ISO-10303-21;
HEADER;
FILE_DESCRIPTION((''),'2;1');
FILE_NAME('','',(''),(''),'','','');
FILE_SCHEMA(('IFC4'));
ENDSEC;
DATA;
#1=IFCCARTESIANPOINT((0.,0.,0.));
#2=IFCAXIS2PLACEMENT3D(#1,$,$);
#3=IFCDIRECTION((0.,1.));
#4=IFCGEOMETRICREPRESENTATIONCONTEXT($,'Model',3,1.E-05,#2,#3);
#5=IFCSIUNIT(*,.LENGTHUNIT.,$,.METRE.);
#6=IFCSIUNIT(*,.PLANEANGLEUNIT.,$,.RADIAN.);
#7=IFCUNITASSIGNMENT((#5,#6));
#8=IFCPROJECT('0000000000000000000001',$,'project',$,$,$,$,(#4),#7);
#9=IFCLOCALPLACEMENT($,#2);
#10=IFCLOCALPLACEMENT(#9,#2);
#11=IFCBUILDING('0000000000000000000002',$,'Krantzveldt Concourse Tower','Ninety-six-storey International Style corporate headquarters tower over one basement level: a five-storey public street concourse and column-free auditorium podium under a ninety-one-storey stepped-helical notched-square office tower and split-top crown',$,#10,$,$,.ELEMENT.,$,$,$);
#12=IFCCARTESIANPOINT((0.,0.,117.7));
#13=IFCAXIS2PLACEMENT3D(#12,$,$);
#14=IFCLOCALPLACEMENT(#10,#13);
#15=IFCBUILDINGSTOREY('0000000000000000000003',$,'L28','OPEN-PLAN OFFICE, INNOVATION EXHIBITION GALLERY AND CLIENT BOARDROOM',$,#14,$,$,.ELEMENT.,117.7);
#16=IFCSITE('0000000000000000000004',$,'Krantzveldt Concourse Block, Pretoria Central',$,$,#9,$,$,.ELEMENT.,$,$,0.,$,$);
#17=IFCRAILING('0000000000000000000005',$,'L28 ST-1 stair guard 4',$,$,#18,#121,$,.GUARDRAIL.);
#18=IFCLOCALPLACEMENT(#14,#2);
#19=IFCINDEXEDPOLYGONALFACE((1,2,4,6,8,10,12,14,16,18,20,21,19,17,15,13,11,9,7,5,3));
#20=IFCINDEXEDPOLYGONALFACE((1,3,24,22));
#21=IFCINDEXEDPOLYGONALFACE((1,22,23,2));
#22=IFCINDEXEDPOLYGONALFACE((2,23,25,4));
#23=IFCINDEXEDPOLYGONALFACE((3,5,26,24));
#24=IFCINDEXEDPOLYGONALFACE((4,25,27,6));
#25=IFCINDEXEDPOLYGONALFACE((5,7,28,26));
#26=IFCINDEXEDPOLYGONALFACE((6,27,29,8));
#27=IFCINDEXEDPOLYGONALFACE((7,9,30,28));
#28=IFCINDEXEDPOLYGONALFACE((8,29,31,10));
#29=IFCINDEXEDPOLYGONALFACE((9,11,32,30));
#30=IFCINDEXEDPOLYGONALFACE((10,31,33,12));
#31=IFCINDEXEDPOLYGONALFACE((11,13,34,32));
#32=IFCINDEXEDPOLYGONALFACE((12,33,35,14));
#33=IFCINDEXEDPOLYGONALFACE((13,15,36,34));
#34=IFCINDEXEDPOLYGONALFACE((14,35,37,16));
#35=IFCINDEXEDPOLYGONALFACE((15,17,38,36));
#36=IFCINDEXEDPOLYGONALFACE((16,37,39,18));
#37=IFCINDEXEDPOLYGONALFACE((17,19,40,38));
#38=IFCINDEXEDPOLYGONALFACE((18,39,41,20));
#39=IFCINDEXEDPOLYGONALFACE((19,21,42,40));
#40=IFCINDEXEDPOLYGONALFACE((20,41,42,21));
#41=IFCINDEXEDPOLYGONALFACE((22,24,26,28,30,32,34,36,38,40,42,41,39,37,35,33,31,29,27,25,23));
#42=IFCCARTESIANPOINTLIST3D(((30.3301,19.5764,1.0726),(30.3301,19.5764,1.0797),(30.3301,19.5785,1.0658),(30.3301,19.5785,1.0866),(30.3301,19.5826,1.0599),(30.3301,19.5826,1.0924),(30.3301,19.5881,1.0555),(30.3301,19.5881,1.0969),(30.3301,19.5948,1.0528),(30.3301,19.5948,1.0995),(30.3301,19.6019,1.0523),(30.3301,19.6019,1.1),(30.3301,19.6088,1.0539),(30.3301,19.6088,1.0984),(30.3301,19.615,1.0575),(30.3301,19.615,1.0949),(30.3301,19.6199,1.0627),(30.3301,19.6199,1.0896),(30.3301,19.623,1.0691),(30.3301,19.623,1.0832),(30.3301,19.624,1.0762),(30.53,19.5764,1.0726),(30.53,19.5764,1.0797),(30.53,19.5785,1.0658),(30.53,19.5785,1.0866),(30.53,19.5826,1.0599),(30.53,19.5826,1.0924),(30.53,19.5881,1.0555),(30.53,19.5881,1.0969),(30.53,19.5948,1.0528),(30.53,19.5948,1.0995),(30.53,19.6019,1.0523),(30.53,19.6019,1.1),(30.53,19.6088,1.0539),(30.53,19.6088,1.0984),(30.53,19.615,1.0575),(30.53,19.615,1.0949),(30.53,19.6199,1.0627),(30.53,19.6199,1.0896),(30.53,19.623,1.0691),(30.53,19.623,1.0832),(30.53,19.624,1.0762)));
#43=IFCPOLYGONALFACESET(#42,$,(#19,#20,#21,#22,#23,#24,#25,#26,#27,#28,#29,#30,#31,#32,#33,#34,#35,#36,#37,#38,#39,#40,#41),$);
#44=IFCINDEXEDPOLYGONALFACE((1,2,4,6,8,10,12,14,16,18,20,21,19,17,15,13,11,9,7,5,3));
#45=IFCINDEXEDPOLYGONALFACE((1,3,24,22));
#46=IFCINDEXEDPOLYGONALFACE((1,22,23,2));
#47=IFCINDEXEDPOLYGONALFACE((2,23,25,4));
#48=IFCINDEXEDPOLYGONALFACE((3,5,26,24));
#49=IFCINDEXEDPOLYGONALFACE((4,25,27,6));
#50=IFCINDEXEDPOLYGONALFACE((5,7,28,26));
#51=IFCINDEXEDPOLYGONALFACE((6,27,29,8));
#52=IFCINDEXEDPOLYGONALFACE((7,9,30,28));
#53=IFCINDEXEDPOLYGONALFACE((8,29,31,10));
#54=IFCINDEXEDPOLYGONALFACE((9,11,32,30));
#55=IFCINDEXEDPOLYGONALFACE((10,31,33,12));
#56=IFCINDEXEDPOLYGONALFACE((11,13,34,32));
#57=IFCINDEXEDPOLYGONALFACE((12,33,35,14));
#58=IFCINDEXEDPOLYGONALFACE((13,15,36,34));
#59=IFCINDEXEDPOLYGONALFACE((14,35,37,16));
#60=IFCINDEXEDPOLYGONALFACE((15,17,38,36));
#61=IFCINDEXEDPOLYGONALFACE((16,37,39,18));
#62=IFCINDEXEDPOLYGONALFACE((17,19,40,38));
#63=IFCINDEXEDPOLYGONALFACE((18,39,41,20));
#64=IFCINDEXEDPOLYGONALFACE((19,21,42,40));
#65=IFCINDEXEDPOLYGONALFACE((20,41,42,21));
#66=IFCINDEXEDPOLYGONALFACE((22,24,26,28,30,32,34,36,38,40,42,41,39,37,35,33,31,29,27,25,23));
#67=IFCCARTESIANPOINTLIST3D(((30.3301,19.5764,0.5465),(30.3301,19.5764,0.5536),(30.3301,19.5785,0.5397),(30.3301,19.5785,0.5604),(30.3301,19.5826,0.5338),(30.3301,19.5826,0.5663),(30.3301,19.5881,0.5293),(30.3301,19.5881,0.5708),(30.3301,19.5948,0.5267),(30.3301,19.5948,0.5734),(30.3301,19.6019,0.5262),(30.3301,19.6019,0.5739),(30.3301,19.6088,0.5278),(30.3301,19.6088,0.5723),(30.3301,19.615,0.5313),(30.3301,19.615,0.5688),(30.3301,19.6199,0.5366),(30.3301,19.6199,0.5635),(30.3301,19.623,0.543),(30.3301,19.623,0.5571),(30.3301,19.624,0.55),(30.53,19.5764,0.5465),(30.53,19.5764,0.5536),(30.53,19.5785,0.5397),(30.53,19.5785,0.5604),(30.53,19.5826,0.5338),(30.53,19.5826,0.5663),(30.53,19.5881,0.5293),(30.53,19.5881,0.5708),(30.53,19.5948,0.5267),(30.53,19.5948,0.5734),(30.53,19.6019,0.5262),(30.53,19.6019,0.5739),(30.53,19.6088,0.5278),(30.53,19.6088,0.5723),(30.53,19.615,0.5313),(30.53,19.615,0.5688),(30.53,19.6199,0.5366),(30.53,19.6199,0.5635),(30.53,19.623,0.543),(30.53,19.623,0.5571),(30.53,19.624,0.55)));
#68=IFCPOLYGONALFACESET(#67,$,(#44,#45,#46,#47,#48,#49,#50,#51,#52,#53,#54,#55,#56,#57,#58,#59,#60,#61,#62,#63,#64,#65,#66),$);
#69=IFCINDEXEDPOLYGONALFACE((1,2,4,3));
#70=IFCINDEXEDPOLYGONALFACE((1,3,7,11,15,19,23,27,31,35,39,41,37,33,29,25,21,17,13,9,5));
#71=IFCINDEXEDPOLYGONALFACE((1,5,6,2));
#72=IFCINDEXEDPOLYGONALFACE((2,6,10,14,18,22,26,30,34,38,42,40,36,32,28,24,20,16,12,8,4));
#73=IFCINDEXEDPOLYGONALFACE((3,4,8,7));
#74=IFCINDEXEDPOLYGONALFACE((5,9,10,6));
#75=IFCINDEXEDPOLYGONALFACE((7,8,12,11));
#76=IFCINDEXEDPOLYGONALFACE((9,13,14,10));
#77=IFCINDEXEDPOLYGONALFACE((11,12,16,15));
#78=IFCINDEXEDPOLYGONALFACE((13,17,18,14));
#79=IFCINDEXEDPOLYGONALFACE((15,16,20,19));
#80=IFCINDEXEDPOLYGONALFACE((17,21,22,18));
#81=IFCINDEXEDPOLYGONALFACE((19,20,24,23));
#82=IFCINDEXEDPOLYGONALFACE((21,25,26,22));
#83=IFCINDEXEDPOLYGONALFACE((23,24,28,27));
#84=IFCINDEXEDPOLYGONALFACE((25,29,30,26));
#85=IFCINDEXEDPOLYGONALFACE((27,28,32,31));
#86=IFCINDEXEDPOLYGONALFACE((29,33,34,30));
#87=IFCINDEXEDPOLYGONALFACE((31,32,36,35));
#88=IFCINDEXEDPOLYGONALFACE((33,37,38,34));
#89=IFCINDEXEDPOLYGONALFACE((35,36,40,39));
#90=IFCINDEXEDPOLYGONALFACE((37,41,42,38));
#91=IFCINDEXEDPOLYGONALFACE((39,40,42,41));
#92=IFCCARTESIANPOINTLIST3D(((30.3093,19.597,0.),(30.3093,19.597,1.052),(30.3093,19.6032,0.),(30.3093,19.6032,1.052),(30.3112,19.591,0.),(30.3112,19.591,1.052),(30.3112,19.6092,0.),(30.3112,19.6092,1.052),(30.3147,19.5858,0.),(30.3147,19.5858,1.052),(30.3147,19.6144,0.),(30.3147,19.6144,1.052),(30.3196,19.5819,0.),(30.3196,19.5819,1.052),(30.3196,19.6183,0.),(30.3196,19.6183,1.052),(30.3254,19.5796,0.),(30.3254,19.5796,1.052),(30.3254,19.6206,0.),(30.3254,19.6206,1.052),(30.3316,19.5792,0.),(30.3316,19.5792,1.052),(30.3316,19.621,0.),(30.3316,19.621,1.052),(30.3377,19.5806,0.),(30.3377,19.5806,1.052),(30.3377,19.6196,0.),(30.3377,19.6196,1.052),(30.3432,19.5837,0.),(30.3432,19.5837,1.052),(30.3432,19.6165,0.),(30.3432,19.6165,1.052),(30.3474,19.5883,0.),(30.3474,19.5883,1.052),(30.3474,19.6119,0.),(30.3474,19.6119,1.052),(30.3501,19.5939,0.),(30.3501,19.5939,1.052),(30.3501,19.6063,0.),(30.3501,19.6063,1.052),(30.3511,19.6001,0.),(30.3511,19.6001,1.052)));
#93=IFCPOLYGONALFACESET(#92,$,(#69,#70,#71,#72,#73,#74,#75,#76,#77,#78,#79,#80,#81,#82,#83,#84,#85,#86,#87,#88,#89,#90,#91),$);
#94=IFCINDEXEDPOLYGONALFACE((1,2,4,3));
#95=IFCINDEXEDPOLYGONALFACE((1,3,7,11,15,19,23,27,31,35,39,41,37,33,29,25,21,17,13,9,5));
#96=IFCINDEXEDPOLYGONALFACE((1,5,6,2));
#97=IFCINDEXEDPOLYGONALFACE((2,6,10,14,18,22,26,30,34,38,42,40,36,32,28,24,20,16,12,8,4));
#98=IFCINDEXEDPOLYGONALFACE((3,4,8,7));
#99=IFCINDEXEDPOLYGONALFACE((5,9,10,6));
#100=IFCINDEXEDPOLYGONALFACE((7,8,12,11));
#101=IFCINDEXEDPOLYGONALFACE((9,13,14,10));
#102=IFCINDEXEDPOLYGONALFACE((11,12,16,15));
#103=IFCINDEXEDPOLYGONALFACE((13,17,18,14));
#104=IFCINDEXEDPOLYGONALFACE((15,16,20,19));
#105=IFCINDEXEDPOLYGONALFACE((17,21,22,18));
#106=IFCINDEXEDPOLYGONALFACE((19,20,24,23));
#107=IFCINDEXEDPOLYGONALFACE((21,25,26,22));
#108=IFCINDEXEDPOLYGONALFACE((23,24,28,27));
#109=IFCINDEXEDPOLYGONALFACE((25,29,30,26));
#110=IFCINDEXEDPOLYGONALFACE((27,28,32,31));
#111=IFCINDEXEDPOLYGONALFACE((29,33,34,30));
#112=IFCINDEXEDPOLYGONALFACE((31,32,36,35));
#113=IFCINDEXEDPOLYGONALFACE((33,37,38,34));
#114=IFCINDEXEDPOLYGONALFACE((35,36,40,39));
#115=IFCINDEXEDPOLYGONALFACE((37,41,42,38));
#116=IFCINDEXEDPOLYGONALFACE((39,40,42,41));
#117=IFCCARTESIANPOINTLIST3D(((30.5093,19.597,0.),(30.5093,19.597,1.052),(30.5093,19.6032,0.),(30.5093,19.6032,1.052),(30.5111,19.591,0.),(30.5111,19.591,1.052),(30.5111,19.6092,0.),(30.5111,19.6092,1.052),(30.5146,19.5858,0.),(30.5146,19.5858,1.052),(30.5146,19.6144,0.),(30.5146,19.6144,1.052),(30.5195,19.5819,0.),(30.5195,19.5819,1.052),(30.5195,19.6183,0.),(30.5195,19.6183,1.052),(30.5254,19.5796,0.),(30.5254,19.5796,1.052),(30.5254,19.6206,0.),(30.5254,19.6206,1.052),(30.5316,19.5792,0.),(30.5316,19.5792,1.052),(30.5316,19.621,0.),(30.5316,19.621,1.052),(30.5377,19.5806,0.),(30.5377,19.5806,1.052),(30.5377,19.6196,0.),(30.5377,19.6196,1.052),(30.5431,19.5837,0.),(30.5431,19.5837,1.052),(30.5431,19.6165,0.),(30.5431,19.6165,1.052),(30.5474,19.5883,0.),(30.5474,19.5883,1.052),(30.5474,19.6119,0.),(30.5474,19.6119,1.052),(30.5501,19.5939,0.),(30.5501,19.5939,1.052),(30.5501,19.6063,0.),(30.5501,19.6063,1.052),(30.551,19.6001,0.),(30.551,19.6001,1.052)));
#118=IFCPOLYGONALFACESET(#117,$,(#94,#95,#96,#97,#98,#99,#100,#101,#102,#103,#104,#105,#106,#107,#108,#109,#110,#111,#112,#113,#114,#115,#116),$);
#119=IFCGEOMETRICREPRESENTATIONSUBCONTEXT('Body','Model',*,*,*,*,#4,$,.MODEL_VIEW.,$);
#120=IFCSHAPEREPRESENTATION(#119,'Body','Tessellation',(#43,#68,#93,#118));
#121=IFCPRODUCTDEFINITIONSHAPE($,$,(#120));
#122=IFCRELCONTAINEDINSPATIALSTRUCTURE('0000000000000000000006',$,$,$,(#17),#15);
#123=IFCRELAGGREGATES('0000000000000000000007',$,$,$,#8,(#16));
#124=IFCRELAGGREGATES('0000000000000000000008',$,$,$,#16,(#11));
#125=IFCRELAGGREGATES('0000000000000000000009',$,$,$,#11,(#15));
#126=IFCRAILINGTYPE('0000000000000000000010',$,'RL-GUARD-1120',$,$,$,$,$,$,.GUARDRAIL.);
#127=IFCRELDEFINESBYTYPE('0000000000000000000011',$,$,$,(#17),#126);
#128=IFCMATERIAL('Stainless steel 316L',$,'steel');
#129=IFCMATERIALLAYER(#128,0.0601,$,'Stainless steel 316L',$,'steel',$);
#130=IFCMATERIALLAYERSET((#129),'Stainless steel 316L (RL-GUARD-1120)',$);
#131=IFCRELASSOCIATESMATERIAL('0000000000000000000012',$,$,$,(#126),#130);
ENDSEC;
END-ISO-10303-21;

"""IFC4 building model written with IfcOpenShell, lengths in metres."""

from ifc_helpers import new_model, si_unit, direction, frame, origin, origin_2d, place, context, subcontext, project, spatial, circle, extrude, material, layer, layer_set, type_object, element, save


model = new_model("IFC4")

# Units and contexts
model_context = context("Model", 3, precision=1e-05, world=origin(), true_north=direction((0.0, 1.0)))
body_context = subcontext(model_context, "Body", "Model", "MODEL_VIEW")
ifc_project = project(units=[si_unit("LENGTHUNIT", "METRE"), si_unit("PLANEANGLEUNIT", "RADIAN")], contexts=[model_context])

# Site, building, storey
site_placement = place(None, origin())
site = spatial("IfcSite", under=ifc_project, at=site_placement, Name="Krantzveldt Concourse Block, Pretoria Central", CompositionType="ELEMENT", RefElevation=0.0)
building_placement = place(site_placement, origin())
building = spatial("IfcBuilding", under=site, at=building_placement, Name="Krantzveldt Concourse Tower", Description="Ninety-six-storey International Style corporate headquarters tower over one basement level: a five-storey public street concourse and column-free auditorium podium under a ninety-one-storey stepped-helical notched-square office tower and split-top crown", CompositionType="ELEMENT")
storey_placement = place(building_placement, frame((0.0, 0.0, 117.7)))
storey = spatial("IfcBuildingStorey", under=building, at=storey_placement, Name="L28", Description="OPEN-PLAN OFFICE, INNOVATION EXHIBITION GALLERY AND CLIENT BOARDROOM", CompositionType="ELEMENT", Elevation=117.7)

# Shared definitions
ifc_material_1 = material(Name="Stainless steel 316L", Category="steel")

# Railing
ifc_layer_1 = layer(ifc_material_1, 0.0601, Name="Stainless steel 316L", Category="steel")
ifc_layer_set_1 = layer_set([ifc_layer_1], Name="Stainless steel 316L (RL-GUARD-1120)")
railing_type_1 = type_object("IfcRailingType", Name="RL-GUARD-1120", PredefinedType="GUARDRAIL", material=ifc_layer_set_1)
railing_1_placement = place(storey_placement, frame((30.3301, 19.6001, 0.0)))
element("IfcRailing", 1, at=railing_1_placement, inside=storey, type_object=railing_type_1, Name="L28 ST-1 stair guard 4", PredefinedType="GUARDRAIL", context=body_context, shape_type="SweptSolid", body=[
    extrude(circle(Radius=0.0239, at=origin_2d()), frame((0.0, 0.0, 1.0762), z_axis=(1.0, 0.0, 0.0), x_axis=(0.0, 1.0, 0.0)), (0.0, 0.0, 1.0), 0.2),
    extrude(circle(Radius=0.0239, at=origin_2d()), frame((0.0, 0.0, 0.55), z_axis=(1.0, 0.0, 0.0), x_axis=(0.0, 1.0, 0.0)), (0.0, 0.0, 1.0), 0.2),
    extrude(circle(Radius=0.021, at=origin_2d()), origin(), (0.0, 0.0, 1.0), 1.052),
    extrude(circle(Radius=0.021, at=origin_2d()), frame((0.2, 0.0, 0.0)), (0.0, 0.0, 1.0), 1.052),
])

save(model, "model.ifc")
